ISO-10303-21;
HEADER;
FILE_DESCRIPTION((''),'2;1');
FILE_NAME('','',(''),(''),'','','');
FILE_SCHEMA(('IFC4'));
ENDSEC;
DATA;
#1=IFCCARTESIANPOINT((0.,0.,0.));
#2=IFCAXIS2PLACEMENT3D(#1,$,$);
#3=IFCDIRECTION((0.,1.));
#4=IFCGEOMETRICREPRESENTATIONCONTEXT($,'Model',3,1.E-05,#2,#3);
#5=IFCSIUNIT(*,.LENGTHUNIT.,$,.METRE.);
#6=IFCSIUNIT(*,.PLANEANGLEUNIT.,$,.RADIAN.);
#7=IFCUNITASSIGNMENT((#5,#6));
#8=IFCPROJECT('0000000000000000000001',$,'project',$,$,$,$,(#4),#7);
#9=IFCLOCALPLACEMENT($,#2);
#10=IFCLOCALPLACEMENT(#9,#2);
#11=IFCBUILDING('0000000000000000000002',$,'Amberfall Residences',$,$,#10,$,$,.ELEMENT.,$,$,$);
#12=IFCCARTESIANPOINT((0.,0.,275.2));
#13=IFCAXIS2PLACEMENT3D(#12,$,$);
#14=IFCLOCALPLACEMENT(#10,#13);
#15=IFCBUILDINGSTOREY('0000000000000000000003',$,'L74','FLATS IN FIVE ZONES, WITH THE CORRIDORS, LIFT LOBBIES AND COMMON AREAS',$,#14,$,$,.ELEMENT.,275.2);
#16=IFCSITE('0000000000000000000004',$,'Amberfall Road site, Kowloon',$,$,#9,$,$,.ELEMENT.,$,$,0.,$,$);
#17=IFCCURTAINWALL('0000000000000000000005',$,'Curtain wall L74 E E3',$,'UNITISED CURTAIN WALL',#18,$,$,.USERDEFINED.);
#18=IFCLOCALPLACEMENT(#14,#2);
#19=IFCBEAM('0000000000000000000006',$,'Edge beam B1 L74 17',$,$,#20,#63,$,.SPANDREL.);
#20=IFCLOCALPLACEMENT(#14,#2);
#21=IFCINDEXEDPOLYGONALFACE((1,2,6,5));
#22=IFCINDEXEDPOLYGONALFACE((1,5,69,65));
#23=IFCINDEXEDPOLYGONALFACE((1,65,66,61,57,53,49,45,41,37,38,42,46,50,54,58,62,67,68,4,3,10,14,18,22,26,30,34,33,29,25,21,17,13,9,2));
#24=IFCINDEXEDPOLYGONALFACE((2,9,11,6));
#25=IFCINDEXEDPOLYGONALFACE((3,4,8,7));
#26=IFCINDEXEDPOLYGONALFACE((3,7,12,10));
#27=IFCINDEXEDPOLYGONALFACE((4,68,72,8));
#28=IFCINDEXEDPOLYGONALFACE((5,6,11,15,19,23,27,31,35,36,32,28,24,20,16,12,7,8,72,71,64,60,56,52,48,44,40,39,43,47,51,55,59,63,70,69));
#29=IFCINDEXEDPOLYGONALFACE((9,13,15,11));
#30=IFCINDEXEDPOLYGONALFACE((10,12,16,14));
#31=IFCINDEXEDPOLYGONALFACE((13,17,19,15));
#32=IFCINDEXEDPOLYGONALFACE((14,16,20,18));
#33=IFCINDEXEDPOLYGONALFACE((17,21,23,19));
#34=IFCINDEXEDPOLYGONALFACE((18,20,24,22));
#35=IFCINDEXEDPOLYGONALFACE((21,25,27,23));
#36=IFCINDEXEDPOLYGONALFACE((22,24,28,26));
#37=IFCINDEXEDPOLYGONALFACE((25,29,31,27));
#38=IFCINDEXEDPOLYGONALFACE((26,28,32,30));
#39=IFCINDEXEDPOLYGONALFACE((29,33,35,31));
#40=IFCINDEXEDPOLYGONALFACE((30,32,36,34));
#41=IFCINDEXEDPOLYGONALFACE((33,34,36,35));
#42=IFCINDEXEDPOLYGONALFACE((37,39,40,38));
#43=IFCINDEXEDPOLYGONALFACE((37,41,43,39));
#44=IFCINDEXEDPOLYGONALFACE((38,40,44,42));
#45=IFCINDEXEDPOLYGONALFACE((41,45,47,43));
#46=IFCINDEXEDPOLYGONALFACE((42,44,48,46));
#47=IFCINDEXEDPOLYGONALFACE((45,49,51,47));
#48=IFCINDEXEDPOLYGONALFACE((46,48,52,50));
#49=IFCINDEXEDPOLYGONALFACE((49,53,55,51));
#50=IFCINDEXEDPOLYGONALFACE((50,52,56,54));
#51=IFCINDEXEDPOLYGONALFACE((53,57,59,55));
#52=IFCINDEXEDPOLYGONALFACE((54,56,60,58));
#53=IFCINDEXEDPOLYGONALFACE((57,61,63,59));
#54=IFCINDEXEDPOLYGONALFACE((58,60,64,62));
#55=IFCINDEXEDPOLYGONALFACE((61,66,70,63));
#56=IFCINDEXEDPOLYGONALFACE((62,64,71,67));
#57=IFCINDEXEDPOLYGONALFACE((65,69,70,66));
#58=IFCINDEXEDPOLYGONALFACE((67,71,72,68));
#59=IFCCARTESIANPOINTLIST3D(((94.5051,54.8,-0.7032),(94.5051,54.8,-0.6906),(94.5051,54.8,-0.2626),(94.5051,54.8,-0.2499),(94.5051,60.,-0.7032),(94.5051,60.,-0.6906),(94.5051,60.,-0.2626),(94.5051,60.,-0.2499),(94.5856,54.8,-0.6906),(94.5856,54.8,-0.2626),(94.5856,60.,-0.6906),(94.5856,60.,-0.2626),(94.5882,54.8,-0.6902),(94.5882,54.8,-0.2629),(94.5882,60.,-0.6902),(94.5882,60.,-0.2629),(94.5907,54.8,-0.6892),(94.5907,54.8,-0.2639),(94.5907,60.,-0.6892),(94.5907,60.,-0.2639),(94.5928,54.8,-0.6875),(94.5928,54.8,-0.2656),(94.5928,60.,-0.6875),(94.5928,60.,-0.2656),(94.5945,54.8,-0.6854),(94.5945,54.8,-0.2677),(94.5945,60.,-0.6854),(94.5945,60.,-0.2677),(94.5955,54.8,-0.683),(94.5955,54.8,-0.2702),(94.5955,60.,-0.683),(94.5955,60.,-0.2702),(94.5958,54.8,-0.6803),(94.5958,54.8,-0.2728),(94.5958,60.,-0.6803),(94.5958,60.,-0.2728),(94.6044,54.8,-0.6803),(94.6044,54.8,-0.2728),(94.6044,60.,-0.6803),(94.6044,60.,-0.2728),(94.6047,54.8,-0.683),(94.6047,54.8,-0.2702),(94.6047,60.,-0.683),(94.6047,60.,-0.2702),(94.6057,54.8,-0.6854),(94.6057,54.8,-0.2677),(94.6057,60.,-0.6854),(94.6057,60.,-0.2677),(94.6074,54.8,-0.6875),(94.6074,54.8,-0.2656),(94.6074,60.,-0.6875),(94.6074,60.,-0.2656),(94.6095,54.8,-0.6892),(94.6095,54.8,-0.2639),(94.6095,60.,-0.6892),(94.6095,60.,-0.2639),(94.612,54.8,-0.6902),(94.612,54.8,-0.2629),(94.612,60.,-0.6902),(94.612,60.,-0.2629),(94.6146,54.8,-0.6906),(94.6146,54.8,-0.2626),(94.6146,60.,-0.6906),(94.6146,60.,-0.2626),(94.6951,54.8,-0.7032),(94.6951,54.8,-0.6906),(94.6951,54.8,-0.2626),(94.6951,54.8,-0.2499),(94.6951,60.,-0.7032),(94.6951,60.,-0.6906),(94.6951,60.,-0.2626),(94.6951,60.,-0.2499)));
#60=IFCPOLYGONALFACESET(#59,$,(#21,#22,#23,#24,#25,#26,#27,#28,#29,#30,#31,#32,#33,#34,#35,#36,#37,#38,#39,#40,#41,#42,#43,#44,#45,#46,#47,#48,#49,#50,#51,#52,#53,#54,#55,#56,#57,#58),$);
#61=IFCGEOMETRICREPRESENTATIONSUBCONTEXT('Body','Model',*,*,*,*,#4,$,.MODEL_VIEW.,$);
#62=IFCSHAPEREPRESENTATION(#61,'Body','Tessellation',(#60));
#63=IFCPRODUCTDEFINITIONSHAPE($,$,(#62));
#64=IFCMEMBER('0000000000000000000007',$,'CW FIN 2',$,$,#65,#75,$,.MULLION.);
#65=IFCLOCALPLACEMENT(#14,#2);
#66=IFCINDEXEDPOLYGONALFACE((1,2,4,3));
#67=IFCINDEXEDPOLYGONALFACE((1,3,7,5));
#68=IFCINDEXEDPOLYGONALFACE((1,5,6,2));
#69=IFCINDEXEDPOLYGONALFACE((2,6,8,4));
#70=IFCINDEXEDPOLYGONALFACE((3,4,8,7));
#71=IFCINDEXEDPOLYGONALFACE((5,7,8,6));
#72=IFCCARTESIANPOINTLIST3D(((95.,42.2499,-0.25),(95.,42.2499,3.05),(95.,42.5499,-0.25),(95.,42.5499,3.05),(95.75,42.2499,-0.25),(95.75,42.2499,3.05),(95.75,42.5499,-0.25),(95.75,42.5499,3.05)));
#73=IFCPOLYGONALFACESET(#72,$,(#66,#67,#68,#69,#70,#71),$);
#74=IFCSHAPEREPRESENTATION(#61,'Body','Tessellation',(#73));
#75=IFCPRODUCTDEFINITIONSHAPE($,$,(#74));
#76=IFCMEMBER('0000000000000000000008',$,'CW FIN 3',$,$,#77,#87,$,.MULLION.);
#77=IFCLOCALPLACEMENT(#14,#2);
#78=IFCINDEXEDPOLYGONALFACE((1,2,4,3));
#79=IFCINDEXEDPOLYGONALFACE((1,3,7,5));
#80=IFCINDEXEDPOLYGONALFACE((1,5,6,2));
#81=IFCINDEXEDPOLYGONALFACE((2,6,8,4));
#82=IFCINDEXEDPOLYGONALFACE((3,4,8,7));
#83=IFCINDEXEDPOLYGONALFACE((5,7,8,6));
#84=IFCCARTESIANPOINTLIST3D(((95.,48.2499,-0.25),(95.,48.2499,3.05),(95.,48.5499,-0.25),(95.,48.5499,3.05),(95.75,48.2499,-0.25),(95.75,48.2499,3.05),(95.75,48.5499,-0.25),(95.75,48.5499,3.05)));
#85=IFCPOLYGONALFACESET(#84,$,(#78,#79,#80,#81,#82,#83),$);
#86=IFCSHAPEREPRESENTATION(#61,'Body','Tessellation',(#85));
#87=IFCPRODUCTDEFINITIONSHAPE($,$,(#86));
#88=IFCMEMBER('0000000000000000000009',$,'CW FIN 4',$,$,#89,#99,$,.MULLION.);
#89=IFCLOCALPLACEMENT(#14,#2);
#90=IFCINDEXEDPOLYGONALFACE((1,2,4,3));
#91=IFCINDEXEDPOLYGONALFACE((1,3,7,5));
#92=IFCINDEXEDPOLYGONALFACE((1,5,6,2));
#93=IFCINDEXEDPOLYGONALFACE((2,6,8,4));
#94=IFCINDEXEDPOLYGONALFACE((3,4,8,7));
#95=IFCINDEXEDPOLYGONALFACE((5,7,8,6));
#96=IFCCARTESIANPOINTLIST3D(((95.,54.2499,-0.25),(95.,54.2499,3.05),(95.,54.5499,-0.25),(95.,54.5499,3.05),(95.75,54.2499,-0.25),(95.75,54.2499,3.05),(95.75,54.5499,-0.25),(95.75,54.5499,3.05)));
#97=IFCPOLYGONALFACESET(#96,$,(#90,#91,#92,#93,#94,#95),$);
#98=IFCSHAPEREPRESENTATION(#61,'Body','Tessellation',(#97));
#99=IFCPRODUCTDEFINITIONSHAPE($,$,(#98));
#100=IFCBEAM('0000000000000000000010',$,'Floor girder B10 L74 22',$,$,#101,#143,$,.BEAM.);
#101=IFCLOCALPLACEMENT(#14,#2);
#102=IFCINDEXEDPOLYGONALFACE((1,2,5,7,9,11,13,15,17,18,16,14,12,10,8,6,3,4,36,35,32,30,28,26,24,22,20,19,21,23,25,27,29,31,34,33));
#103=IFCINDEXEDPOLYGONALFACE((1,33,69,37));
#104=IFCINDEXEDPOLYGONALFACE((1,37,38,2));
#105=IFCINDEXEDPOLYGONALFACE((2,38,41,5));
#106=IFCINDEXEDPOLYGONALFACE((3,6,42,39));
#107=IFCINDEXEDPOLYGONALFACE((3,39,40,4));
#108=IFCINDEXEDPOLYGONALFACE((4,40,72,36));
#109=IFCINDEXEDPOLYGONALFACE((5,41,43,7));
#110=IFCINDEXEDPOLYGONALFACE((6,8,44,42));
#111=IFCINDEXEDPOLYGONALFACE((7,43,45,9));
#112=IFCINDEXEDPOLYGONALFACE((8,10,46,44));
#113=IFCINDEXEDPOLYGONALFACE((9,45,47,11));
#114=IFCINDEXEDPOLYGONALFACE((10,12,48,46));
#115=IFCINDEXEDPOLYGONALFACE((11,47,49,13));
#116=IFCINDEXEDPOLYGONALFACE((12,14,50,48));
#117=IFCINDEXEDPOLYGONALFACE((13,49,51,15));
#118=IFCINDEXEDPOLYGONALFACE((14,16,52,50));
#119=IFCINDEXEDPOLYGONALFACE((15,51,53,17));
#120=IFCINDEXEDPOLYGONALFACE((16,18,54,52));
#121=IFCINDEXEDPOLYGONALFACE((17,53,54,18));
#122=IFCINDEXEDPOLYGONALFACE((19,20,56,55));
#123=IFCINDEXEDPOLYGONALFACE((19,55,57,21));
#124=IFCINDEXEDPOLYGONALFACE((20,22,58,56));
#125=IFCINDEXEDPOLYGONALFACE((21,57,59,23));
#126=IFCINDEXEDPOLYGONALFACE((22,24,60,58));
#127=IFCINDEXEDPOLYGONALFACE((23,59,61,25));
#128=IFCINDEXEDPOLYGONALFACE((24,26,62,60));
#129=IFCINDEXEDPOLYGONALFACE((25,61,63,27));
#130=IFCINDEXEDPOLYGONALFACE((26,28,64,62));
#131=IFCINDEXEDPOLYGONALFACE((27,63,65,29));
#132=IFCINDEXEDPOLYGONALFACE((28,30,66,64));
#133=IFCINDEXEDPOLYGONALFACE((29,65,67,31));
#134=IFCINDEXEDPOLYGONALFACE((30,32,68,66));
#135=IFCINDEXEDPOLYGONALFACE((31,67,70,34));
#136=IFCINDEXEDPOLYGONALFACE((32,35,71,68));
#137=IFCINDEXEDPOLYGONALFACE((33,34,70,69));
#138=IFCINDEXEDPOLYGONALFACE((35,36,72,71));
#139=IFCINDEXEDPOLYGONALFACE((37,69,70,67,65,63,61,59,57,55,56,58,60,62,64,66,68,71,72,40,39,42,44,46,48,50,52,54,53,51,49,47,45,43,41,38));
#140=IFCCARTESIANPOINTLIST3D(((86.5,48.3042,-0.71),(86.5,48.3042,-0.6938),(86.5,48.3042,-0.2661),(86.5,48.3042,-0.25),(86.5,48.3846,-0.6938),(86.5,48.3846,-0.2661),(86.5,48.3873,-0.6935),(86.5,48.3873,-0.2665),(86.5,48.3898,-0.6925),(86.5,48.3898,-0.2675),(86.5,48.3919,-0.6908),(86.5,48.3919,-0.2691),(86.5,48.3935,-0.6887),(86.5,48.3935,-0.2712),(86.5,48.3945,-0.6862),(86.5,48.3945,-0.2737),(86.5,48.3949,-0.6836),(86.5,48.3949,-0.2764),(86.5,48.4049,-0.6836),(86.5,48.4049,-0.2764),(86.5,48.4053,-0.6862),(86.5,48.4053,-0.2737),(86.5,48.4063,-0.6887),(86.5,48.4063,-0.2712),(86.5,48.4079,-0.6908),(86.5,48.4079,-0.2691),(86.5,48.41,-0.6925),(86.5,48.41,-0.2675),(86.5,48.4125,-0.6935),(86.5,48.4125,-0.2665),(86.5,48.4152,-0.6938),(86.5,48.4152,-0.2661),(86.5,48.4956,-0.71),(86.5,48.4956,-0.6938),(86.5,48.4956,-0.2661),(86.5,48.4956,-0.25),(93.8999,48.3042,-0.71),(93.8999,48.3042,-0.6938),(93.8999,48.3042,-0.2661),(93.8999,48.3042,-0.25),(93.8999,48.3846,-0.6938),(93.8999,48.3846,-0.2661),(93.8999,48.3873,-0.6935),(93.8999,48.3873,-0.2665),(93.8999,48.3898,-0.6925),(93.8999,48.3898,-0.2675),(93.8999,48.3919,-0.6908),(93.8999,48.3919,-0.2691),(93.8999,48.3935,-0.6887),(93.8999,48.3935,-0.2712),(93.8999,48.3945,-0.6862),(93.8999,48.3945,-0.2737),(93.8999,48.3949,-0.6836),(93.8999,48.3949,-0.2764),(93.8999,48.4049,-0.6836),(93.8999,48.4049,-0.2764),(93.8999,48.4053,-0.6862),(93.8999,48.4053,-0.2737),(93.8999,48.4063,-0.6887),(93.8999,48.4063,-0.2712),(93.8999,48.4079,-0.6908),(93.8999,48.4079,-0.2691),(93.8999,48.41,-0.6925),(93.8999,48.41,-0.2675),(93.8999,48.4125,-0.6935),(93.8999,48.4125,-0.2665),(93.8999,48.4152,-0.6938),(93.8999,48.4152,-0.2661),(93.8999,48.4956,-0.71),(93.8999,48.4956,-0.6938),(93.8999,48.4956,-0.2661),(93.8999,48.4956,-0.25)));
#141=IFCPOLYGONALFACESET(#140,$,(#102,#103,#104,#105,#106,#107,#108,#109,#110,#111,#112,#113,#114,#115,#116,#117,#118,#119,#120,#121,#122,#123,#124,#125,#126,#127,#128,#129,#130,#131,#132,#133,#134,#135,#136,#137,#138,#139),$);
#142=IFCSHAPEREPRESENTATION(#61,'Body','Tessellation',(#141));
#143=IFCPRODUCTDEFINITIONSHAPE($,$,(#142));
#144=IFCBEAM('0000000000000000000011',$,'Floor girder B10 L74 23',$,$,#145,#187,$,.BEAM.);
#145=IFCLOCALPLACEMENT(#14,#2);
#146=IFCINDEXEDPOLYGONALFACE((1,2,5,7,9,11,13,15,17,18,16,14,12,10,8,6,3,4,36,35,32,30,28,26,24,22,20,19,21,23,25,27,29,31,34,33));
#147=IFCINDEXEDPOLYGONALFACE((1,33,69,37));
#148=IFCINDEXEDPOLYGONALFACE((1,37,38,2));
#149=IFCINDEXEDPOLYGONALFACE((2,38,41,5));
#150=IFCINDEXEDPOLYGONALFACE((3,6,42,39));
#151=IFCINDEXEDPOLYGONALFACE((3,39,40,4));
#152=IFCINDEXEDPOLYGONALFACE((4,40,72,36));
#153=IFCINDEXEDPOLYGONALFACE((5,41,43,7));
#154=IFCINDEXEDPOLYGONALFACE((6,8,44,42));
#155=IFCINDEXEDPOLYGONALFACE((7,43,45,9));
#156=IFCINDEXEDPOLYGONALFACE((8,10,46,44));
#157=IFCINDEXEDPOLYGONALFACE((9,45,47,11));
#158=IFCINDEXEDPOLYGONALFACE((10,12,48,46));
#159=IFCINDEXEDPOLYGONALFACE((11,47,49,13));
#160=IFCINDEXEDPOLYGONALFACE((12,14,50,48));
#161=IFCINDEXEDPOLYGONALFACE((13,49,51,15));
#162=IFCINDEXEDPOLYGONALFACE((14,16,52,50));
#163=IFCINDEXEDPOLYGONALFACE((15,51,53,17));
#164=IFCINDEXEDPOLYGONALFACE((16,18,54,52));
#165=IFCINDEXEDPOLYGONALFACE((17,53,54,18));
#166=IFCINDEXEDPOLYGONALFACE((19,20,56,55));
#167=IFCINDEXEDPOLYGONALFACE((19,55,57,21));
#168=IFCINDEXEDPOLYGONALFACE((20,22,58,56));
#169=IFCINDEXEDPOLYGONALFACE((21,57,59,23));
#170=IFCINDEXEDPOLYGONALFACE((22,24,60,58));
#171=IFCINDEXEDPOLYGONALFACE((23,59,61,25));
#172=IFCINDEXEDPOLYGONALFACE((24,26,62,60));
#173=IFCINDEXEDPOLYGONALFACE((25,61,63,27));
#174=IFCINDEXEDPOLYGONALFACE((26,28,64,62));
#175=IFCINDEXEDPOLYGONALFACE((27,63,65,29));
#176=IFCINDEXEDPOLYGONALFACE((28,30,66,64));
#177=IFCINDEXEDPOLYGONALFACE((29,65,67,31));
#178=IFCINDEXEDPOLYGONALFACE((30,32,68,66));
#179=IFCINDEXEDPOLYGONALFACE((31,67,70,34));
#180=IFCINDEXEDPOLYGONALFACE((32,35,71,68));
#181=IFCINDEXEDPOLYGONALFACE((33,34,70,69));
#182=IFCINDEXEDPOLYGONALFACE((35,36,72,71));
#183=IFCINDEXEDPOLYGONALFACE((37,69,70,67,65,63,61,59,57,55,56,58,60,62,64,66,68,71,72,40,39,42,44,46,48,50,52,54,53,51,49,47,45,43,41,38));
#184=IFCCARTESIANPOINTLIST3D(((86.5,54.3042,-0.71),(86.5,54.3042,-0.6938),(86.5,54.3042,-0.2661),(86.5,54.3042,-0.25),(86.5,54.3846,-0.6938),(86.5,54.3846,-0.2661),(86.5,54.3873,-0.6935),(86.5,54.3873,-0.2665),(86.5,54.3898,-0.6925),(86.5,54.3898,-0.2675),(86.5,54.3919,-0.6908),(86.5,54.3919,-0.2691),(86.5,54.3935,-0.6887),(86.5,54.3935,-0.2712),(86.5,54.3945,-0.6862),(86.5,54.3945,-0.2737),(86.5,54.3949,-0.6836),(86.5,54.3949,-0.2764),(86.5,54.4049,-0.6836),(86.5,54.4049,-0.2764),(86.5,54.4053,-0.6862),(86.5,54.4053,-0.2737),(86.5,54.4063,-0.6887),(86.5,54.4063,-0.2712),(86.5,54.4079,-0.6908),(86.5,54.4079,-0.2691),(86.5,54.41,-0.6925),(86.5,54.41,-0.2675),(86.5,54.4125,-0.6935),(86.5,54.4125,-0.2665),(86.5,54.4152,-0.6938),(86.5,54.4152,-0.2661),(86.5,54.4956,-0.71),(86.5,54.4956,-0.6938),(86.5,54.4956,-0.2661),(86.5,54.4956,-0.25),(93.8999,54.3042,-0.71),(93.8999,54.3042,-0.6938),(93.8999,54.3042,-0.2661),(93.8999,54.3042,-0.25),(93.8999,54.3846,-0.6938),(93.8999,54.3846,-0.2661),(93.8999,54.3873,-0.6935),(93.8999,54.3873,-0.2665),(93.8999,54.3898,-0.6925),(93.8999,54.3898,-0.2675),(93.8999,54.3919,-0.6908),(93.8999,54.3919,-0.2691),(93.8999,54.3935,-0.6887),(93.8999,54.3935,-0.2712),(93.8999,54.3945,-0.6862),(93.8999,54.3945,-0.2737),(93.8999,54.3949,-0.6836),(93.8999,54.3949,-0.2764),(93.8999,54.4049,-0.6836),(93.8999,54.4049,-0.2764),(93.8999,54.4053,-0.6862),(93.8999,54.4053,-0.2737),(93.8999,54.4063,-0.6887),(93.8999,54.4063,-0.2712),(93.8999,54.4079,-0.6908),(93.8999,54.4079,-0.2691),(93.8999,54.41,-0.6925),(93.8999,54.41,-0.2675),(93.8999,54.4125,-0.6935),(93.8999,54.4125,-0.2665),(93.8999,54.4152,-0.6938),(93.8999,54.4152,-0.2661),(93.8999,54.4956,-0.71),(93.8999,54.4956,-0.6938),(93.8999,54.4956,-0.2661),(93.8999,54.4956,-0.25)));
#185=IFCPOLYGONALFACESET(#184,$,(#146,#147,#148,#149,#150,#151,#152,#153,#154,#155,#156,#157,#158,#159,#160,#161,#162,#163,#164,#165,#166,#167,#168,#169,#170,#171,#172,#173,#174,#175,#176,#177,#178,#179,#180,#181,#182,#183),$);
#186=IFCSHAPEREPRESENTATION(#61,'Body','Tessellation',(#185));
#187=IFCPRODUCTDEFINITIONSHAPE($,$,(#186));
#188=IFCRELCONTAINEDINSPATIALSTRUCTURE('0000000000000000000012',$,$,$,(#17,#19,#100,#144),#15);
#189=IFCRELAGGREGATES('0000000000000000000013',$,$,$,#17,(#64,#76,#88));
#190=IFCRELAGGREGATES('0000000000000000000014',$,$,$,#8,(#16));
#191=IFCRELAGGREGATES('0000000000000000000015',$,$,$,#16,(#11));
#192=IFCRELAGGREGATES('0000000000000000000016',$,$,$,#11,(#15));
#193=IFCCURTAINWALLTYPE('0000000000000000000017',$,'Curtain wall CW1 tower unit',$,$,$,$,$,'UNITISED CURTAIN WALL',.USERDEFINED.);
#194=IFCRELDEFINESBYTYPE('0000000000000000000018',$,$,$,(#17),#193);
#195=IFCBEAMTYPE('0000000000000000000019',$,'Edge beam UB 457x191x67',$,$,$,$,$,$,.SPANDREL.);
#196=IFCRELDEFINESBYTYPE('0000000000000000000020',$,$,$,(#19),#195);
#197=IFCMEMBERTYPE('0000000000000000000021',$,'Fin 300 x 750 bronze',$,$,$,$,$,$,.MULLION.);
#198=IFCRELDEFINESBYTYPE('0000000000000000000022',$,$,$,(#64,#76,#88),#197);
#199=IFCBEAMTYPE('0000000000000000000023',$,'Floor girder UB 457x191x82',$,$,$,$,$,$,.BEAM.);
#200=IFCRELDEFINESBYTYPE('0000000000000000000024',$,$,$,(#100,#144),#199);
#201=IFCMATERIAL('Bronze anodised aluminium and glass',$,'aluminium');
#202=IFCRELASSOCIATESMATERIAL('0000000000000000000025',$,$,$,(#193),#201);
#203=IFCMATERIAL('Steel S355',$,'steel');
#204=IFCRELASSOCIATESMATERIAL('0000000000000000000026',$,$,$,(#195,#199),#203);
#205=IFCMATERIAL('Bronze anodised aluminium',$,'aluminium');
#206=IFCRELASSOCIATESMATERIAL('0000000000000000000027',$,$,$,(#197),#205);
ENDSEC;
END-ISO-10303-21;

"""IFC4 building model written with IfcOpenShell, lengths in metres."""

from ifc_helpers import new_model, si_unit, direction, frame, origin, origin_2d, place, context, subcontext, project, spatial, rectangle, i_section, extrude, material, material_profile, profile_set, type_object, element, aggregate, save


model = new_model("IFC4")

# Units and contexts
model_context = context("Model", 3, precision=1e-05, world=origin(), true_north=direction((0.0, 1.0)))
body_context = subcontext(model_context, "Body", "Model", "MODEL_VIEW")
ifc_project = project(units=[si_unit("LENGTHUNIT", "METRE"), si_unit("PLANEANGLEUNIT", "RADIAN")], contexts=[model_context])

# Site, building, storey
site_placement = place(None, origin())
site = spatial("IfcSite", under=ifc_project, at=site_placement, Name="Amberfall Road site, Kowloon", CompositionType="ELEMENT", RefElevation=0.0)
building_placement = place(site_placement, origin())
building = spatial("IfcBuilding", under=site, at=building_placement, Name="Amberfall Residences", CompositionType="ELEMENT")
storey_placement = place(building_placement, frame((0.0, 0.0, 275.2)))
storey = spatial("IfcBuildingStorey", under=building, at=storey_placement, Name="L74", Description="FLATS IN FIVE ZONES, WITH THE CORRIDORS, LIFT LOBBIES AND COMMON AREAS", CompositionType="ELEMENT", Elevation=275.2)

# Curtain wall
ifc_material_1 = material(Name="Bronze anodised aluminium and glass", Category="aluminium")
curtain_wall_type = type_object("IfcCurtainWallType", Name="Curtain wall CW1 tower unit", ElementType="UNITISED CURTAIN WALL", PredefinedType="USERDEFINED", material=ifc_material_1)
curtain_wall_placement = place(storey_placement, origin())
curtain_wall = element("IfcCurtainWall", 1, at=curtain_wall_placement, inside=storey, type_object=curtain_wall_type, Name="Curtain wall L74 E E3", ObjectType="UNITISED CURTAIN WALL", PredefinedType="USERDEFINED")
ifc_material_2 = material(Name="Bronze anodised aluminium", Category="aluminium")

# Beam
ifc_material_3 = material(Name="Steel S355", Category="steel")
ifc_material_profile_1 = material_profile(ifc_material_3, i_section(OverallWidth=0.1899, OverallDepth=0.4534, WebThickness=0.0085, FlangeThickness=0.0127, FilletRadius=0.0103, at=origin_2d()), Name="UB 457x191x67")
ifc_profile_set_1 = profile_set([ifc_material_profile_1], Name="Steel S355")
beam_type_1 = type_object("IfcBeamType", Name="Edge beam UB 457x191x67", PredefinedType="SPANDREL", material=ifc_profile_set_1)
for number, where, z_axis, x_axis, name in (
    (2, (94.6001, 54.8, -0.4766), (0.0, 1.0, 0.0), (-1.0, 0.0, 0.0), "Edge beam B1 L74 17"),
):
    element("IfcBeam", number, at=place(storey_placement, frame(where, z_axis=z_axis, x_axis=x_axis)), inside=storey, type_object=beam_type_1, Name=name, PredefinedType="SPANDREL", context=body_context, shape_type="SweptSolid", body=[
        extrude(i_section(OverallWidth=0.1899, OverallDepth=0.4534, WebThickness=0.0085, FlangeThickness=0.0127, FilletRadius=0.0103, at=origin_2d()), origin(), (0.0, 0.0, 1.0), 5.2),
    ])

# Members
ifc_material_profile_2 = material_profile(ifc_material_2, rectangle(XDim=0.75, YDim=0.3, at=origin_2d()), Name="Fin 300 x 750 bronze")
ifc_profile_set_2 = profile_set([ifc_material_profile_2], Name="Bronze anodised aluminium")
member_type_1 = type_object("IfcMemberType", Name="Fin 300 x 750 bronze", PredefinedType="MULLION", material=ifc_profile_set_2)
member_1_placement = place(storey_placement, frame((95.375, 42.3999, -0.25), z_axis=(0.0, 0.0, 1.0), x_axis=(-1.0, 0.0, 0.0)))
member_1 = element("IfcMember", 3, at=member_1_placement, type_object=member_type_1, Name="CW FIN 2", PredefinedType="MULLION", context=body_context, shape_type="SweptSolid", body=[
    extrude(rectangle(XDim=0.75, YDim=0.3, at=origin_2d()), origin(), (0.0, 0.0, 1.0), 3.3),
])
member_2_placement = place(storey_placement, frame((95.375, 48.3999, -0.25), z_axis=(0.0, 0.0, 1.0), x_axis=(-1.0, 0.0, 0.0)))
member_2 = element("IfcMember", 4, at=member_2_placement, type_object=member_type_1, Name="CW FIN 3", PredefinedType="MULLION", context=body_context, shape_type="SweptSolid", body=[
    extrude(rectangle(XDim=0.75, YDim=0.3, at=origin_2d()), origin(), (0.0, 0.0, 1.0), 3.3),
])
member_3_placement = place(storey_placement, frame((95.375, 54.3999, -0.25), z_axis=(0.0, 0.0, 1.0), x_axis=(-1.0, 0.0, 0.0)))
member_3 = element("IfcMember", 5, at=member_3_placement, type_object=member_type_1, Name="CW FIN 4", PredefinedType="MULLION", context=body_context, shape_type="SweptSolid", body=[
    extrude(rectangle(XDim=0.75, YDim=0.3, at=origin_2d()), origin(), (0.0, 0.0, 1.0), 3.3),
])

# Beams
ifc_material_profile_3 = material_profile(ifc_material_3, i_section(OverallWidth=0.1914, OverallDepth=0.46, WebThickness=0.01, FlangeThickness=0.0161, FilletRadius=0.0103, at=origin_2d()), Name="UB 457x191x82")
ifc_profile_set_3 = profile_set([ifc_material_profile_3], Name="Steel S355")
beam_type_2 = type_object("IfcBeamType", Name="Floor girder UB 457x191x82", PredefinedType="BEAM", material=ifc_profile_set_3)
for number, where, z_axis, x_axis, name in (
    (6, (93.8999, 48.3999, -0.48), (-1.0, 0.0, 0.0), (0.0, -1.0, 0.0), "Floor girder B10 L74 22"),
    (7, (93.8999, 54.3999, -0.48), (-1.0, 0.0, 0.0), (0.0, -1.0, 0.0), "Floor girder B10 L74 23"),
):
    element("IfcBeam", number, at=place(storey_placement, frame(where, z_axis=z_axis, x_axis=x_axis)), inside=storey, type_object=beam_type_2, Name=name, PredefinedType="BEAM", context=body_context, shape_type="SweptSolid", body=[
        extrude(i_section(OverallWidth=0.1914, OverallDepth=0.46, WebThickness=0.01, FlangeThickness=0.0161, FilletRadius=0.0103, at=origin_2d()), origin(), (0.0, 0.0, 1.0), 7.3999),
    ])

aggregate(curtain_wall, [member_1, member_2, member_3])

save(model, "model.ifc")
